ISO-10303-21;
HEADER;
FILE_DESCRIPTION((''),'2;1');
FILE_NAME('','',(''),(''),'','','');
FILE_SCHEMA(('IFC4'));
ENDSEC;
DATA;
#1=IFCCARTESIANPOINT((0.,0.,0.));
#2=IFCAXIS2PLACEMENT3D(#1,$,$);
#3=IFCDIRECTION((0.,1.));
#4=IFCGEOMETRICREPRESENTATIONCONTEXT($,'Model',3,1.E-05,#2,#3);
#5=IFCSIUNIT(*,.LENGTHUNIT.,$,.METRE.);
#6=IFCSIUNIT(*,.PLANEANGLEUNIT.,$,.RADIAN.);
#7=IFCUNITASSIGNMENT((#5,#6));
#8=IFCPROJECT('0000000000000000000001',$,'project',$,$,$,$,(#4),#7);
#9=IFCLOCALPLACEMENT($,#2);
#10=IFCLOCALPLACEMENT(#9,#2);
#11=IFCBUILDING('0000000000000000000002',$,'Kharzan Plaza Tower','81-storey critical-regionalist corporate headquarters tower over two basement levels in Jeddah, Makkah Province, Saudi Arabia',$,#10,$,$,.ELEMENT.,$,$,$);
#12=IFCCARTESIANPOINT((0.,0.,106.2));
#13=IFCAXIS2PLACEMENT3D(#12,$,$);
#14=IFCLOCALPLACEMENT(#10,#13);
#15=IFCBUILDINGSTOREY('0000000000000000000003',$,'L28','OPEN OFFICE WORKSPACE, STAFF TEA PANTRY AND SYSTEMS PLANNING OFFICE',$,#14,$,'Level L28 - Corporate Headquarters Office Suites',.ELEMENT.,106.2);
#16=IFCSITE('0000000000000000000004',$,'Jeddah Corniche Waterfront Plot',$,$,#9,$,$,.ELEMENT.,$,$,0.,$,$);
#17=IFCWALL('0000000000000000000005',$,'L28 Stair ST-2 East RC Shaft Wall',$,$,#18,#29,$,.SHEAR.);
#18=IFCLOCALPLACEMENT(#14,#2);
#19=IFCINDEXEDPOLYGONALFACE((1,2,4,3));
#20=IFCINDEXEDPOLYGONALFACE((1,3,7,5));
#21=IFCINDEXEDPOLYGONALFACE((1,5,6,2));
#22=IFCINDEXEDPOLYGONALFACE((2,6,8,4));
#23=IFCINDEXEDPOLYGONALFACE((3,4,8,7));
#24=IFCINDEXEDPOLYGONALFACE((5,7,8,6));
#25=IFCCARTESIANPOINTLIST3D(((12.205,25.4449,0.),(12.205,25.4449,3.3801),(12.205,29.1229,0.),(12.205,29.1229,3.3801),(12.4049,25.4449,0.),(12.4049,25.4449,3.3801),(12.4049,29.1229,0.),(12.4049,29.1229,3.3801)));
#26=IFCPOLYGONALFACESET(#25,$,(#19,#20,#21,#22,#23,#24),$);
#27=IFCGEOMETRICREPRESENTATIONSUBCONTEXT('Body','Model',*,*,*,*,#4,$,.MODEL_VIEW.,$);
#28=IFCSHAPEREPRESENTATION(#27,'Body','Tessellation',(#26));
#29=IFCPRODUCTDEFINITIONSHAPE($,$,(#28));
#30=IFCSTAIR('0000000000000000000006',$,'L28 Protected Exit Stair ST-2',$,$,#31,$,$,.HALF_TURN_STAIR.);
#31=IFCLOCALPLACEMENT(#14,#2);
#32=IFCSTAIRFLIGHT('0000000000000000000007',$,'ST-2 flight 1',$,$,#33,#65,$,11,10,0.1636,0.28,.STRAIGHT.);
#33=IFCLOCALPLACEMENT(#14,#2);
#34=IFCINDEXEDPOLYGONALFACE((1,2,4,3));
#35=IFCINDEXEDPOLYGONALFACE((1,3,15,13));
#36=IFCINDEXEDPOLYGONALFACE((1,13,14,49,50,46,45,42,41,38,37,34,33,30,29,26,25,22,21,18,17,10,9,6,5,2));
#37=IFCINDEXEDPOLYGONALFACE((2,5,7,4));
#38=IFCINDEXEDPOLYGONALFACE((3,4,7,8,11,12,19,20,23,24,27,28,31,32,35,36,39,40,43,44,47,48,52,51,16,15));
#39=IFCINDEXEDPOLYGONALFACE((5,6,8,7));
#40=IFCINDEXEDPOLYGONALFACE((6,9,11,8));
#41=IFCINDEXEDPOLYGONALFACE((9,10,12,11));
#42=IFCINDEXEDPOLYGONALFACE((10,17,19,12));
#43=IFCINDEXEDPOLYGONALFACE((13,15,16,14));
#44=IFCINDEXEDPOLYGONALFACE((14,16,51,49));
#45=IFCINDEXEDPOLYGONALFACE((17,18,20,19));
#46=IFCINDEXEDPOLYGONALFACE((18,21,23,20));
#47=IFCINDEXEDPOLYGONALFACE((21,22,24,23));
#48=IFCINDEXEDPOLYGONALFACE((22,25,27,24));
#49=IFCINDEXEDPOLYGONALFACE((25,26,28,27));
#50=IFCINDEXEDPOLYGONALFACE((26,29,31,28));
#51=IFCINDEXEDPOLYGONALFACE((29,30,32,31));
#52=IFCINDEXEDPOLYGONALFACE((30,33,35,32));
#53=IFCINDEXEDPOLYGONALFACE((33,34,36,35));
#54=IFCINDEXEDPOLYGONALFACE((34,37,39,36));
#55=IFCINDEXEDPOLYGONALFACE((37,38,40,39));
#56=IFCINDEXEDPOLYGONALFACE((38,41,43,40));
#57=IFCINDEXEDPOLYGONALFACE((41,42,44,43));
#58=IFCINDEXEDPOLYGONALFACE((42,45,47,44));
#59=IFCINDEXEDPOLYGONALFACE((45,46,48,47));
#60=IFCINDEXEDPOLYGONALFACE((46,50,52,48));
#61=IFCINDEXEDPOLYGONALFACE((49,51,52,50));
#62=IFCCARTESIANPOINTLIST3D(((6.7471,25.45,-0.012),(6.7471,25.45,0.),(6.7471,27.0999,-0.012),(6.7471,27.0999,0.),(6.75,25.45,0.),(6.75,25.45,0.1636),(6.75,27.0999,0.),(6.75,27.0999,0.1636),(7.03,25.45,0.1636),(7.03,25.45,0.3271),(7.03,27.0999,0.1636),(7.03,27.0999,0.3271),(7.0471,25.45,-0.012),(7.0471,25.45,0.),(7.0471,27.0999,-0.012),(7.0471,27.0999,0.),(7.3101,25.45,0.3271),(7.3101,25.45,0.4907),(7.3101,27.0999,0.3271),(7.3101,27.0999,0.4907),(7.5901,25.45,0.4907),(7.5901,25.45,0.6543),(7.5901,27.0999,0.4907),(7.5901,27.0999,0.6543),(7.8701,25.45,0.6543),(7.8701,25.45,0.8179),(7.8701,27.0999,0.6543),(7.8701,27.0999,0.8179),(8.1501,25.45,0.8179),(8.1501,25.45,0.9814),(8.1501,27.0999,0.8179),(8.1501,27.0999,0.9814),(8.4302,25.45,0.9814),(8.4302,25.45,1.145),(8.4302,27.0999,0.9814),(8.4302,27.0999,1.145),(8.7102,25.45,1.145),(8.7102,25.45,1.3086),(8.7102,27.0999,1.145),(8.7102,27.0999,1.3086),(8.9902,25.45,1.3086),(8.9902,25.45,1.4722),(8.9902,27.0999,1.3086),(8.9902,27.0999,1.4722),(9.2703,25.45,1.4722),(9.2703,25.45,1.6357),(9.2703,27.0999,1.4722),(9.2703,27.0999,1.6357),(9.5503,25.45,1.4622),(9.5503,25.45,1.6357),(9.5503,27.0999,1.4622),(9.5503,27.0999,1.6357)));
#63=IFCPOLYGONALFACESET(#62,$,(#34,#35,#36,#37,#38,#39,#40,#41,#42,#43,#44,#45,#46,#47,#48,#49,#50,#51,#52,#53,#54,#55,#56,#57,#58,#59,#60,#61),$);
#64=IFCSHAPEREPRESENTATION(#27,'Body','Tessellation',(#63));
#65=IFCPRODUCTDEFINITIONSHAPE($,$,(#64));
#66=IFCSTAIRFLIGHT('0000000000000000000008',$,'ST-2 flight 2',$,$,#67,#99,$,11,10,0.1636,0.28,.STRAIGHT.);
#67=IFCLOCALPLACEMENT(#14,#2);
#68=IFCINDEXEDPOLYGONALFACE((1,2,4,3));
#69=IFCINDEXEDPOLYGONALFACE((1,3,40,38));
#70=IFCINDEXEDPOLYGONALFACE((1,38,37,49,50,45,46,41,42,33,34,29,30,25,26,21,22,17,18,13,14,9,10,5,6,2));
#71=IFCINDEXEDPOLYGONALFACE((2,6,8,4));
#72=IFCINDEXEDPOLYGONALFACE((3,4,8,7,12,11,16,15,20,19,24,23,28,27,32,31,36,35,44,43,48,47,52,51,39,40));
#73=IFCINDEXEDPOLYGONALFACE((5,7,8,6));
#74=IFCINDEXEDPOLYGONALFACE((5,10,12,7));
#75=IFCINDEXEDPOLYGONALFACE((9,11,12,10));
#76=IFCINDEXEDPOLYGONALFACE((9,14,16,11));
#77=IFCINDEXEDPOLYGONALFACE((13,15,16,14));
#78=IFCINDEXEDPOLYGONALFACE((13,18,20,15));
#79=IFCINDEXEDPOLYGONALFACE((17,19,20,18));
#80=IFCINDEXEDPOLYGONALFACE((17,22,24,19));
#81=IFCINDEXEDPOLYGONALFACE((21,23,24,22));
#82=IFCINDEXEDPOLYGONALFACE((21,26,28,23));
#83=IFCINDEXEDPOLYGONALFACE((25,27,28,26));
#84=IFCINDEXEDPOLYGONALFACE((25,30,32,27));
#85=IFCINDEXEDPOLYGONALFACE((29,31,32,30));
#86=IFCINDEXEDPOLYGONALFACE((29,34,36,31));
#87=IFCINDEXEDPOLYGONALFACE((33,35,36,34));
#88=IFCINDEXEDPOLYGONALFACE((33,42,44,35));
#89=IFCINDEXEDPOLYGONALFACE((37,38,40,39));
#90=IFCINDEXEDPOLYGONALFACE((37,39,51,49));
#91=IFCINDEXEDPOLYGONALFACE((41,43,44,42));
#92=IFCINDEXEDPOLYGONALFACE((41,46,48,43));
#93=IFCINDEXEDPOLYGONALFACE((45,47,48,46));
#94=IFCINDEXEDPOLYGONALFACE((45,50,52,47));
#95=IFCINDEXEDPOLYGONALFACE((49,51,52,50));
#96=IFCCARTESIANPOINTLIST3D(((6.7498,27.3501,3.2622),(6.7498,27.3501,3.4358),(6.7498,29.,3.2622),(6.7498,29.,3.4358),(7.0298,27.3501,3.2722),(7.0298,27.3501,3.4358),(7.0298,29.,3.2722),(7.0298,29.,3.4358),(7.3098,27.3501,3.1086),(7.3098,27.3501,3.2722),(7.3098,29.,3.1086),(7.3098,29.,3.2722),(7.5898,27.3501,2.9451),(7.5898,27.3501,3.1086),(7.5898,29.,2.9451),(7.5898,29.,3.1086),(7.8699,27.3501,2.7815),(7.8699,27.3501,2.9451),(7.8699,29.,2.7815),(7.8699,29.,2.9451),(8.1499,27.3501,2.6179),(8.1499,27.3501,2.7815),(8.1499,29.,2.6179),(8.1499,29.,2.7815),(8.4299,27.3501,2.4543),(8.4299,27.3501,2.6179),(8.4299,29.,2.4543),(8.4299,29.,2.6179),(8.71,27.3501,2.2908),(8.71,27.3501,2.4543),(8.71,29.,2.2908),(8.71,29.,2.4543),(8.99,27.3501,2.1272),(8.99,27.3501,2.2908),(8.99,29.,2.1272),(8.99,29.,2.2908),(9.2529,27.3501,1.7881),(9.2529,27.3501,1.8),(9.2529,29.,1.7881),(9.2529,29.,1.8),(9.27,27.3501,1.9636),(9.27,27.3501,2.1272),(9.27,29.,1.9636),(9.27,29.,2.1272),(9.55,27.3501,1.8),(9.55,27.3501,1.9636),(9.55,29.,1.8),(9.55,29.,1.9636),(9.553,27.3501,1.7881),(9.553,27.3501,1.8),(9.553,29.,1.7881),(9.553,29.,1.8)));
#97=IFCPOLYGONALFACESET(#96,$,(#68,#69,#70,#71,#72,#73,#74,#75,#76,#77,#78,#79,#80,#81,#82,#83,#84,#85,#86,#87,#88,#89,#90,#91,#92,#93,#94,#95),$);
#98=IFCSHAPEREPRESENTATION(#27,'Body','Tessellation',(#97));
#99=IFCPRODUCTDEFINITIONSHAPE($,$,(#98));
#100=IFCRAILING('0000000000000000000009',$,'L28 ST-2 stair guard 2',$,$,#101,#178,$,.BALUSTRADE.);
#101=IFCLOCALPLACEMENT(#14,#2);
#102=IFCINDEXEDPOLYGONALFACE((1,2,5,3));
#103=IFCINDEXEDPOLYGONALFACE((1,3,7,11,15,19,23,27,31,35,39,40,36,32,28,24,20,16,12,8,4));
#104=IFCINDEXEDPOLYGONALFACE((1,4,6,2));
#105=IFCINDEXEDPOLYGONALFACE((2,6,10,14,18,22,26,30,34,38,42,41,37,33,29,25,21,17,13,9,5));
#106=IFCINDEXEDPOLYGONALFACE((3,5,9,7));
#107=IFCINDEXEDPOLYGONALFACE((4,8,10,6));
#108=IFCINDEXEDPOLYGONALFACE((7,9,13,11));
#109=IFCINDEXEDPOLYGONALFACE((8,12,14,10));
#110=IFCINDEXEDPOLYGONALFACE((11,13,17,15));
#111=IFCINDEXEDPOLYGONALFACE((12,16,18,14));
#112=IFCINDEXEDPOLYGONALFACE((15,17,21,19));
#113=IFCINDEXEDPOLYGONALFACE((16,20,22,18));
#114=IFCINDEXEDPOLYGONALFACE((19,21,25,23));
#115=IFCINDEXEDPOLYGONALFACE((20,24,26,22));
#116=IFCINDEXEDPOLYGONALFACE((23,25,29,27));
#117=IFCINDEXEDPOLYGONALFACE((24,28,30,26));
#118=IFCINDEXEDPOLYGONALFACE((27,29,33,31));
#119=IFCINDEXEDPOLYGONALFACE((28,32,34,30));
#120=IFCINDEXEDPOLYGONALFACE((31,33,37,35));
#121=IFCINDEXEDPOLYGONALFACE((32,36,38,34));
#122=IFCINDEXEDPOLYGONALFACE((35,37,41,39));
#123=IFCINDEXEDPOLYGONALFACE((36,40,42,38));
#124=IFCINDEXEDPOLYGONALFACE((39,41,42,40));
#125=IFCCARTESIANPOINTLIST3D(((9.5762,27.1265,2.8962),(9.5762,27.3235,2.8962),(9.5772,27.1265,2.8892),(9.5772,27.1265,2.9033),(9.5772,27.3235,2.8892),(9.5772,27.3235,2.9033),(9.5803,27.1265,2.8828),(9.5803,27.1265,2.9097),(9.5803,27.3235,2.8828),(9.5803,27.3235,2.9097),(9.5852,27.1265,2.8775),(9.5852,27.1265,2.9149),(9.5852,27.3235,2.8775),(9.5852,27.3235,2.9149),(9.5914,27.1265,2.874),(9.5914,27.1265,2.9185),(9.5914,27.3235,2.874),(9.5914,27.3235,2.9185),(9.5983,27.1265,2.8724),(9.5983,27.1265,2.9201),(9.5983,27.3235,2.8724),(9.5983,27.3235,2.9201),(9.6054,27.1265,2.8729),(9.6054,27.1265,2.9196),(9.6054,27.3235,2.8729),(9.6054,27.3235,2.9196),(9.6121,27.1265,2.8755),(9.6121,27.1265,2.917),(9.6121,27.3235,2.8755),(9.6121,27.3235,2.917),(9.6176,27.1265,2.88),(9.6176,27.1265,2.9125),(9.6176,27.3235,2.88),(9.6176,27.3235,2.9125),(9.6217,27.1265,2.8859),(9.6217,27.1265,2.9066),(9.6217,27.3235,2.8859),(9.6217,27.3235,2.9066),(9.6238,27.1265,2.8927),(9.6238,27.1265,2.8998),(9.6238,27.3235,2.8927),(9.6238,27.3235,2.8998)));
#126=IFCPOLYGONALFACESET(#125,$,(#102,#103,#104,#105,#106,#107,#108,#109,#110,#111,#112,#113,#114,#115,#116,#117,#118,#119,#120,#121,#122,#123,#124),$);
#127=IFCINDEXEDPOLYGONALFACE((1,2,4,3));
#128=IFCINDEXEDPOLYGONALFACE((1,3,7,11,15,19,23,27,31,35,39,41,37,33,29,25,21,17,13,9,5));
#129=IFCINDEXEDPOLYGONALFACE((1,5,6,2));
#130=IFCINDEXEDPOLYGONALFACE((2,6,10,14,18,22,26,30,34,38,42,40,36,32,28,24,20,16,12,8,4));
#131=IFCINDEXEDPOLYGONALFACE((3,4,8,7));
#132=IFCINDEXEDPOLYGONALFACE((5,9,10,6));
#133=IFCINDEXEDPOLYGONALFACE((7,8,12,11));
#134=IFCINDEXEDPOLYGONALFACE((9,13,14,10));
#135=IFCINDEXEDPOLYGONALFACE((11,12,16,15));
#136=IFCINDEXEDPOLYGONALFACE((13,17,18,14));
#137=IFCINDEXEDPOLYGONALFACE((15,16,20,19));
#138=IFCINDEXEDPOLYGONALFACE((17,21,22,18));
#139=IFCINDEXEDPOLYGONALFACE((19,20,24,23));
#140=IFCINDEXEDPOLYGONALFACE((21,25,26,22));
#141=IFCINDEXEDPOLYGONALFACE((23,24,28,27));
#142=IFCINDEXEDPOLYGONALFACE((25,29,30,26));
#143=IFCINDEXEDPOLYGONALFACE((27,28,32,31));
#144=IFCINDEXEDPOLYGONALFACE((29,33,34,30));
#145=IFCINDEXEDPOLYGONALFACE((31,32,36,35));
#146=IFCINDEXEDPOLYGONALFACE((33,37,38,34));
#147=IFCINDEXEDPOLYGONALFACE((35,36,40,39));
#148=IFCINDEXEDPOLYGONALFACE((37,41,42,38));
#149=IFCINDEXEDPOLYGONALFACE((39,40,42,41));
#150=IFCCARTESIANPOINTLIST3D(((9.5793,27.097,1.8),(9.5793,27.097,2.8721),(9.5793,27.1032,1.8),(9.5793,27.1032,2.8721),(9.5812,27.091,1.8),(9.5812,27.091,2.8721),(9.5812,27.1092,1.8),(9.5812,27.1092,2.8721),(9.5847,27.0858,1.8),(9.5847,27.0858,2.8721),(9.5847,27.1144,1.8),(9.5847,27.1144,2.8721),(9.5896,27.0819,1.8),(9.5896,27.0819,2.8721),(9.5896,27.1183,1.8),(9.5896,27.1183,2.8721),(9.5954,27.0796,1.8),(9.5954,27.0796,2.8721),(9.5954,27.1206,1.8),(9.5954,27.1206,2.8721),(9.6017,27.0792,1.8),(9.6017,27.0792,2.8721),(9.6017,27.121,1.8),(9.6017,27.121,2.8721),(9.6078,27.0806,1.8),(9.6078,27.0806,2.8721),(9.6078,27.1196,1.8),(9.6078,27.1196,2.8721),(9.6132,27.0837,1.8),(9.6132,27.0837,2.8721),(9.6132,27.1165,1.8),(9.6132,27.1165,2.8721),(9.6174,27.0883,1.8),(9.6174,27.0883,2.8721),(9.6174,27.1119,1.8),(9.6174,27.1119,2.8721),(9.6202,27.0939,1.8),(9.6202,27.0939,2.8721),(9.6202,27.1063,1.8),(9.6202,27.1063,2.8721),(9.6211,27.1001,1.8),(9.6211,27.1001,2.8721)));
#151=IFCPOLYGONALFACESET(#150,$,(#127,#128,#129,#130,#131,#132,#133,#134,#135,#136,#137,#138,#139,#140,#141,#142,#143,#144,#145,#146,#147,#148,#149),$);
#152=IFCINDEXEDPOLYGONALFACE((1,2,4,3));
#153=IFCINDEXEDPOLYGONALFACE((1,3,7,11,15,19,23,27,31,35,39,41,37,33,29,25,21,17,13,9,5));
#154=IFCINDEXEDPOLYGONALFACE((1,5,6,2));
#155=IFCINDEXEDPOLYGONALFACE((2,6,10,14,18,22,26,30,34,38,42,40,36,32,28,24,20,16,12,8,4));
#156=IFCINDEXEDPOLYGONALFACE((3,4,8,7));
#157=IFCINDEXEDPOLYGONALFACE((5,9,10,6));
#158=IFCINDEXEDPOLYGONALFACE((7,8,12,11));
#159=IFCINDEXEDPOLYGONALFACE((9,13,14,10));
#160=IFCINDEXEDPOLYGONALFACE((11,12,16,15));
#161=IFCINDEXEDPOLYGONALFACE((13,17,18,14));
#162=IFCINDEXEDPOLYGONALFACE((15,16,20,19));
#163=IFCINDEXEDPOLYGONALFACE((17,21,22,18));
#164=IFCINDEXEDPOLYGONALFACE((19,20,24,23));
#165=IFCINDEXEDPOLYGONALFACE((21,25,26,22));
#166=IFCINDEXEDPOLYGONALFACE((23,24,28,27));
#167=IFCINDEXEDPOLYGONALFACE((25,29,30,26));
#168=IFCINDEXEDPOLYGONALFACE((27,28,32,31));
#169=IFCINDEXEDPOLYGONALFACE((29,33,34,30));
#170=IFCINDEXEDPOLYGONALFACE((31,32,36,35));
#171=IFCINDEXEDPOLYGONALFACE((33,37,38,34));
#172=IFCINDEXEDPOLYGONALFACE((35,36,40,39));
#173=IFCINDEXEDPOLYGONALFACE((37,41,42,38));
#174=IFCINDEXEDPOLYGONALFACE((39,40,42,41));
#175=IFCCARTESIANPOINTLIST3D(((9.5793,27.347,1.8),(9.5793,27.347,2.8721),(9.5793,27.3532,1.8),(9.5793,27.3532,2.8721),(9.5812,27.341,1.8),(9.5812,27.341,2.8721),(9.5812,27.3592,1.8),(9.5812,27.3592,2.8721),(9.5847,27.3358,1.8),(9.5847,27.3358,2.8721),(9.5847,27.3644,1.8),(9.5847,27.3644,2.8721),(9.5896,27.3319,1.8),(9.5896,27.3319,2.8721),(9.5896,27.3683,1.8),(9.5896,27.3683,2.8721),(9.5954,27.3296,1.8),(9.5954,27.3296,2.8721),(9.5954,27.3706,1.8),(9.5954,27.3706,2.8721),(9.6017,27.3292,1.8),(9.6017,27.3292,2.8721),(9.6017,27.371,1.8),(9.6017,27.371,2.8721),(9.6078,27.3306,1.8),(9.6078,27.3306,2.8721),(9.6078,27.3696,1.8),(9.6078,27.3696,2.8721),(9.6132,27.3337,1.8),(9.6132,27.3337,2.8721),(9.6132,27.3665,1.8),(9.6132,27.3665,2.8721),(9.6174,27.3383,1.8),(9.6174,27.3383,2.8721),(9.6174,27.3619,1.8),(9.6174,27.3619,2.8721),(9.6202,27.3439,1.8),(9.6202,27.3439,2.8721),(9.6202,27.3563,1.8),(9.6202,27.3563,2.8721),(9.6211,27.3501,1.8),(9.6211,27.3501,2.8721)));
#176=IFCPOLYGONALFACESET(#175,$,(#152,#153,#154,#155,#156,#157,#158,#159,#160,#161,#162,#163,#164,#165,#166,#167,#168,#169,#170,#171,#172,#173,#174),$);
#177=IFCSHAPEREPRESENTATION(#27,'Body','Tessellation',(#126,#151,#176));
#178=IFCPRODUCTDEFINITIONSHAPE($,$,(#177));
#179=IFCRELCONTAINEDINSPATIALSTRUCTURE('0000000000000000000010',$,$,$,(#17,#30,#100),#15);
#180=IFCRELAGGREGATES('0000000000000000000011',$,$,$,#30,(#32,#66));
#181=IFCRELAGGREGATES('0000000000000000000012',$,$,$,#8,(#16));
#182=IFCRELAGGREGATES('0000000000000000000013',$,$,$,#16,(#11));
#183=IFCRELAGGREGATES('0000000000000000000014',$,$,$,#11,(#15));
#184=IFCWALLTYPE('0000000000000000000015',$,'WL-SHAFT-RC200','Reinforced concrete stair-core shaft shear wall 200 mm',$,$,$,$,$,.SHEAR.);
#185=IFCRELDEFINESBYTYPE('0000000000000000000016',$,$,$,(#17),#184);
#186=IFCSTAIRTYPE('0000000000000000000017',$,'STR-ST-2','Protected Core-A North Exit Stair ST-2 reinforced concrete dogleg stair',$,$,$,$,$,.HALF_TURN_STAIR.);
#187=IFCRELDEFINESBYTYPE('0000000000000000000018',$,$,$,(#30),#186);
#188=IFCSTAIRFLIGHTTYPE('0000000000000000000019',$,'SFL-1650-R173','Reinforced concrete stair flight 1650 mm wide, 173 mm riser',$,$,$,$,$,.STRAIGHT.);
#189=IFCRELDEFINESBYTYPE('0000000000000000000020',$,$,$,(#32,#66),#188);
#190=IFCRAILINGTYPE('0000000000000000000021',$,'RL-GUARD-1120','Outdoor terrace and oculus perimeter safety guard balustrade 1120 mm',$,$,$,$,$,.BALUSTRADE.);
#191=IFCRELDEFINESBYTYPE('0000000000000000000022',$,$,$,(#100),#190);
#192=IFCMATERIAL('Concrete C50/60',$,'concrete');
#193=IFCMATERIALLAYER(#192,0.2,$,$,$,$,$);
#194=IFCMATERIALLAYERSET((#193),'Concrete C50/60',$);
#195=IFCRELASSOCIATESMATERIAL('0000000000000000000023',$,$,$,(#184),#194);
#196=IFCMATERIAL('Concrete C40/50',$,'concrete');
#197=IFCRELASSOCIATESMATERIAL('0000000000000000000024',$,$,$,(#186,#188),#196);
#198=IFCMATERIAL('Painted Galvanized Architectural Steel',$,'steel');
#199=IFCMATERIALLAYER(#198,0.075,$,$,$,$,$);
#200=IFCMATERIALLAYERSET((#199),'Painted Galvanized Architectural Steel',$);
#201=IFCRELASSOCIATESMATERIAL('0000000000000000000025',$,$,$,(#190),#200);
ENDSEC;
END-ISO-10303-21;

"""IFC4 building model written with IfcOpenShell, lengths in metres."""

from ifc_helpers import new_model, si_unit, direction, frame, frame_2d, origin, origin_2d, place, context, subcontext, project, spatial, polyline, rectangle, circle, outline, extrude, source, transform, mapped, material, layer, layer_set, type_object, element, aggregate, save


model = new_model("IFC4")

# Units and contexts
model_context = context("Model", 3, precision=1e-05, world=origin(), true_north=direction((0.0, 1.0)))
body_context = subcontext(model_context, "Body", "Model", "MODEL_VIEW")
ifc_project = project(units=[si_unit("LENGTHUNIT", "METRE"), si_unit("PLANEANGLEUNIT", "RADIAN")], contexts=[model_context])

# Site, building, storey
site_placement = place(None, origin())
site = spatial("IfcSite", under=ifc_project, at=site_placement, Name="Jeddah Corniche Waterfront Plot", CompositionType="ELEMENT", RefElevation=0.0)
building_placement = place(site_placement, origin())
building = spatial("IfcBuilding", under=site, at=building_placement, Name="Kharzan Plaza Tower", Description="81-storey critical-regionalist corporate headquarters tower over two basement levels in Jeddah, Makkah Province, Saudi Arabia", CompositionType="ELEMENT")
storey_placement = place(building_placement, frame((0.0, 0.0, 106.2)))
storey = spatial("IfcBuildingStorey", under=building, at=storey_placement, Name="L28", Description="OPEN OFFICE WORKSPACE, STAFF TEA PANTRY AND SYSTEMS PLANNING OFFICE", LongName="Level L28 - Corporate Headquarters Office Suites", CompositionType="ELEMENT", Elevation=106.2)

# Shared definitions
ifc_material_1 = material(Name="Concrete C40/50", Category="concrete")

# Wall
ifc_material_2 = material(Name="Concrete C50/60", Category="concrete")
ifc_layer_1 = layer(ifc_material_2, 0.2)
ifc_layer_set_1 = layer_set([ifc_layer_1], Name="Concrete C50/60")
wall_type_1 = type_object("IfcWallType", Name="WL-SHAFT-RC200", Description="Reinforced concrete stair-core shaft shear wall 200 mm", PredefinedType="SHEAR", material=ifc_layer_set_1)
shared_shape_1 = source(origin(), body_context, "Body", "SweptSolid", [
    extrude(rectangle(XDim=3.678, YDim=0.2, at=frame_2d((1.8389, 0.0))), origin(), (0.0, 0.0, 1.0), 3.3801),
])
wall_1_placement = place(storey_placement, frame((12.3049, 25.4451, 0.0), z_axis=(0.0, 0.0, 1.0), x_axis=(0.0, 1.0, 0.0)))
element("IfcWall", 1, at=wall_1_placement, inside=storey, type_object=wall_type_1, Name="L28 Stair ST-2 East RC Shaft Wall", PredefinedType="SHEAR", context=body_context, shape_type="MappedRepresentation", body=[
    mapped(shared_shape_1, transform((0.0, 0.0, 0.0), x_axis=(1.0, 0.0, 0.0), y_axis=(0.0, 1.0, 0.0), z_axis=(0.0, 0.0, 1.0))),
])

# Stair, stair flights
stair_type = type_object("IfcStairType", Name="STR-ST-2", Description="Protected Core-A North Exit Stair ST-2 reinforced concrete dogleg stair", PredefinedType="HALF_TURN_STAIR", material=ifc_material_1)
stair_placement = place(storey_placement, origin())
stair = element("IfcStair", 2, at=stair_placement, inside=storey, type_object=stair_type, Name="L28 Protected Exit Stair ST-2", PredefinedType="HALF_TURN_STAIR")
stair_flight_type = type_object("IfcStairFlightType", Name="SFL-1650-R173", Description="Reinforced concrete stair flight 1650 mm wide, 173 mm riser", PredefinedType="STRAIGHT", material=ifc_material_1)
shared_shape_2 = source(origin(), body_context, "Body", "SweptSolid", [
    extrude(outline(polyline([(-0.0029, -0.012), (-0.0029, 0.0), (0.0, 0.0), (0.0, 0.1636), (0.28, 0.1636), (0.28, 0.3271), (0.5601, 0.3271), (0.5601, 0.4907), (0.8401, 0.4907), (0.8401, 0.6543), (1.1201, 0.6543), (1.1201, 0.8179), (1.4001, 0.8179), (1.4001, 0.9814), (1.6802, 0.9814), (1.6802, 1.145), (1.9602, 1.145), (1.9602, 1.3086), (2.2402, 1.3086), (2.2402, 1.4722), (2.5203, 1.4722), (2.5203, 1.6357), (2.8003, 1.6357), (2.8003, 1.7993), (2.8003, 1.4622), (0.2971, 0.0), (0.2971, -0.012), (-0.0029, -0.012)])), frame((0.0, 0.825, 0.0), z_axis=(0.0, -1.0, 0.0), x_axis=(1.0, 0.0, 0.0)), (0.0, 0.0, 1.0), 1.6499),
])
stair_flight_1_placement = place(storey_placement, frame((6.75, 26.2749, 0.0), z_axis=(0.0, 0.0, 1.0), x_axis=(1.0, 0.0, 0.0)))
stair_flight_1 = element("IfcStairFlight", 3, at=stair_flight_1_placement, type_object=stair_flight_type, Name="ST-2 flight 1", NumberOfRisers=11, NumberOfTreads=10, PredefinedType="STRAIGHT", RiserHeight=0.1636, TreadLength=0.28, context=body_context, shape_type="MappedRepresentation", body=[
    mapped(shared_shape_2, transform((0.0, 0.0, 0.0), x_axis=(1.0, 0.0, 0.0), y_axis=(0.0, 1.0, 0.0), z_axis=(0.0, 0.0, 1.0))),
])
stair_flight_2_placement = place(storey_placement, frame((9.55, 28.175, 1.8), z_axis=(0.0, 0.0, 1.0), x_axis=(-1.0, 0.0, 0.0)))
stair_flight_2 = element("IfcStairFlight", 4, at=stair_flight_2_placement, type_object=stair_flight_type, Name="ST-2 flight 2", NumberOfRisers=11, NumberOfTreads=10, PredefinedType="STRAIGHT", RiserHeight=0.1636, TreadLength=0.28, context=body_context, shape_type="MappedRepresentation", body=[
    mapped(shared_shape_2, transform((0.0, 0.0, 0.0), x_axis=(1.0, 0.0, 0.0), y_axis=(0.0, 1.0, 0.0), z_axis=(0.0, 0.0, 1.0))),
])
aggregate(stair, [stair_flight_1, stair_flight_2])

# Railing
ifc_material_3 = material(Name="Painted Galvanized Architectural Steel", Category="steel")
ifc_layer_2 = layer(ifc_material_3, 0.075)
ifc_layer_set_2 = layer_set([ifc_layer_2], Name="Painted Galvanized Architectural Steel")
railing_type_1 = type_object("IfcRailingType", Name="RL-GUARD-1120", Description="Outdoor terrace and oculus perimeter safety guard balustrade 1120 mm", PredefinedType="BALUSTRADE", material=ifc_layer_set_2)
shared_shape_3 = source(origin(), body_context, "Body", "SweptSolid", [
    extrude(circle(Radius=0.0239, at=origin_2d()), frame((0.0, 0.0264, 1.0962), z_axis=(0.0, 1.0, 0.0), x_axis=(-1.0, 0.0, 0.0)), (0.0, 0.0, 1.0), 0.197),
    extrude(circle(Radius=0.021, at=origin_2d()), origin(), (0.0, 0.0, 1.0), 1.072),
    extrude(circle(Radius=0.021, at=origin_2d()), frame((0.0, 0.25, 0.0)), (0.0, 0.0, 1.0), 1.072),
])
railing_1_placement = place(storey_placement, frame((9.6001, 27.1001, 1.8)))
element("IfcRailing", 5, at=railing_1_placement, inside=storey, type_object=railing_type_1, Name="L28 ST-2 stair guard 2", PredefinedType="BALUSTRADE", context=body_context, shape_type="MappedRepresentation", body=[
    mapped(shared_shape_3, transform((0.0, 0.0, 0.0), x_axis=(1.0, 0.0, 0.0), y_axis=(0.0, 1.0, 0.0), z_axis=(0.0, 0.0, 1.0))),
])

save(model, "model.ifc")
